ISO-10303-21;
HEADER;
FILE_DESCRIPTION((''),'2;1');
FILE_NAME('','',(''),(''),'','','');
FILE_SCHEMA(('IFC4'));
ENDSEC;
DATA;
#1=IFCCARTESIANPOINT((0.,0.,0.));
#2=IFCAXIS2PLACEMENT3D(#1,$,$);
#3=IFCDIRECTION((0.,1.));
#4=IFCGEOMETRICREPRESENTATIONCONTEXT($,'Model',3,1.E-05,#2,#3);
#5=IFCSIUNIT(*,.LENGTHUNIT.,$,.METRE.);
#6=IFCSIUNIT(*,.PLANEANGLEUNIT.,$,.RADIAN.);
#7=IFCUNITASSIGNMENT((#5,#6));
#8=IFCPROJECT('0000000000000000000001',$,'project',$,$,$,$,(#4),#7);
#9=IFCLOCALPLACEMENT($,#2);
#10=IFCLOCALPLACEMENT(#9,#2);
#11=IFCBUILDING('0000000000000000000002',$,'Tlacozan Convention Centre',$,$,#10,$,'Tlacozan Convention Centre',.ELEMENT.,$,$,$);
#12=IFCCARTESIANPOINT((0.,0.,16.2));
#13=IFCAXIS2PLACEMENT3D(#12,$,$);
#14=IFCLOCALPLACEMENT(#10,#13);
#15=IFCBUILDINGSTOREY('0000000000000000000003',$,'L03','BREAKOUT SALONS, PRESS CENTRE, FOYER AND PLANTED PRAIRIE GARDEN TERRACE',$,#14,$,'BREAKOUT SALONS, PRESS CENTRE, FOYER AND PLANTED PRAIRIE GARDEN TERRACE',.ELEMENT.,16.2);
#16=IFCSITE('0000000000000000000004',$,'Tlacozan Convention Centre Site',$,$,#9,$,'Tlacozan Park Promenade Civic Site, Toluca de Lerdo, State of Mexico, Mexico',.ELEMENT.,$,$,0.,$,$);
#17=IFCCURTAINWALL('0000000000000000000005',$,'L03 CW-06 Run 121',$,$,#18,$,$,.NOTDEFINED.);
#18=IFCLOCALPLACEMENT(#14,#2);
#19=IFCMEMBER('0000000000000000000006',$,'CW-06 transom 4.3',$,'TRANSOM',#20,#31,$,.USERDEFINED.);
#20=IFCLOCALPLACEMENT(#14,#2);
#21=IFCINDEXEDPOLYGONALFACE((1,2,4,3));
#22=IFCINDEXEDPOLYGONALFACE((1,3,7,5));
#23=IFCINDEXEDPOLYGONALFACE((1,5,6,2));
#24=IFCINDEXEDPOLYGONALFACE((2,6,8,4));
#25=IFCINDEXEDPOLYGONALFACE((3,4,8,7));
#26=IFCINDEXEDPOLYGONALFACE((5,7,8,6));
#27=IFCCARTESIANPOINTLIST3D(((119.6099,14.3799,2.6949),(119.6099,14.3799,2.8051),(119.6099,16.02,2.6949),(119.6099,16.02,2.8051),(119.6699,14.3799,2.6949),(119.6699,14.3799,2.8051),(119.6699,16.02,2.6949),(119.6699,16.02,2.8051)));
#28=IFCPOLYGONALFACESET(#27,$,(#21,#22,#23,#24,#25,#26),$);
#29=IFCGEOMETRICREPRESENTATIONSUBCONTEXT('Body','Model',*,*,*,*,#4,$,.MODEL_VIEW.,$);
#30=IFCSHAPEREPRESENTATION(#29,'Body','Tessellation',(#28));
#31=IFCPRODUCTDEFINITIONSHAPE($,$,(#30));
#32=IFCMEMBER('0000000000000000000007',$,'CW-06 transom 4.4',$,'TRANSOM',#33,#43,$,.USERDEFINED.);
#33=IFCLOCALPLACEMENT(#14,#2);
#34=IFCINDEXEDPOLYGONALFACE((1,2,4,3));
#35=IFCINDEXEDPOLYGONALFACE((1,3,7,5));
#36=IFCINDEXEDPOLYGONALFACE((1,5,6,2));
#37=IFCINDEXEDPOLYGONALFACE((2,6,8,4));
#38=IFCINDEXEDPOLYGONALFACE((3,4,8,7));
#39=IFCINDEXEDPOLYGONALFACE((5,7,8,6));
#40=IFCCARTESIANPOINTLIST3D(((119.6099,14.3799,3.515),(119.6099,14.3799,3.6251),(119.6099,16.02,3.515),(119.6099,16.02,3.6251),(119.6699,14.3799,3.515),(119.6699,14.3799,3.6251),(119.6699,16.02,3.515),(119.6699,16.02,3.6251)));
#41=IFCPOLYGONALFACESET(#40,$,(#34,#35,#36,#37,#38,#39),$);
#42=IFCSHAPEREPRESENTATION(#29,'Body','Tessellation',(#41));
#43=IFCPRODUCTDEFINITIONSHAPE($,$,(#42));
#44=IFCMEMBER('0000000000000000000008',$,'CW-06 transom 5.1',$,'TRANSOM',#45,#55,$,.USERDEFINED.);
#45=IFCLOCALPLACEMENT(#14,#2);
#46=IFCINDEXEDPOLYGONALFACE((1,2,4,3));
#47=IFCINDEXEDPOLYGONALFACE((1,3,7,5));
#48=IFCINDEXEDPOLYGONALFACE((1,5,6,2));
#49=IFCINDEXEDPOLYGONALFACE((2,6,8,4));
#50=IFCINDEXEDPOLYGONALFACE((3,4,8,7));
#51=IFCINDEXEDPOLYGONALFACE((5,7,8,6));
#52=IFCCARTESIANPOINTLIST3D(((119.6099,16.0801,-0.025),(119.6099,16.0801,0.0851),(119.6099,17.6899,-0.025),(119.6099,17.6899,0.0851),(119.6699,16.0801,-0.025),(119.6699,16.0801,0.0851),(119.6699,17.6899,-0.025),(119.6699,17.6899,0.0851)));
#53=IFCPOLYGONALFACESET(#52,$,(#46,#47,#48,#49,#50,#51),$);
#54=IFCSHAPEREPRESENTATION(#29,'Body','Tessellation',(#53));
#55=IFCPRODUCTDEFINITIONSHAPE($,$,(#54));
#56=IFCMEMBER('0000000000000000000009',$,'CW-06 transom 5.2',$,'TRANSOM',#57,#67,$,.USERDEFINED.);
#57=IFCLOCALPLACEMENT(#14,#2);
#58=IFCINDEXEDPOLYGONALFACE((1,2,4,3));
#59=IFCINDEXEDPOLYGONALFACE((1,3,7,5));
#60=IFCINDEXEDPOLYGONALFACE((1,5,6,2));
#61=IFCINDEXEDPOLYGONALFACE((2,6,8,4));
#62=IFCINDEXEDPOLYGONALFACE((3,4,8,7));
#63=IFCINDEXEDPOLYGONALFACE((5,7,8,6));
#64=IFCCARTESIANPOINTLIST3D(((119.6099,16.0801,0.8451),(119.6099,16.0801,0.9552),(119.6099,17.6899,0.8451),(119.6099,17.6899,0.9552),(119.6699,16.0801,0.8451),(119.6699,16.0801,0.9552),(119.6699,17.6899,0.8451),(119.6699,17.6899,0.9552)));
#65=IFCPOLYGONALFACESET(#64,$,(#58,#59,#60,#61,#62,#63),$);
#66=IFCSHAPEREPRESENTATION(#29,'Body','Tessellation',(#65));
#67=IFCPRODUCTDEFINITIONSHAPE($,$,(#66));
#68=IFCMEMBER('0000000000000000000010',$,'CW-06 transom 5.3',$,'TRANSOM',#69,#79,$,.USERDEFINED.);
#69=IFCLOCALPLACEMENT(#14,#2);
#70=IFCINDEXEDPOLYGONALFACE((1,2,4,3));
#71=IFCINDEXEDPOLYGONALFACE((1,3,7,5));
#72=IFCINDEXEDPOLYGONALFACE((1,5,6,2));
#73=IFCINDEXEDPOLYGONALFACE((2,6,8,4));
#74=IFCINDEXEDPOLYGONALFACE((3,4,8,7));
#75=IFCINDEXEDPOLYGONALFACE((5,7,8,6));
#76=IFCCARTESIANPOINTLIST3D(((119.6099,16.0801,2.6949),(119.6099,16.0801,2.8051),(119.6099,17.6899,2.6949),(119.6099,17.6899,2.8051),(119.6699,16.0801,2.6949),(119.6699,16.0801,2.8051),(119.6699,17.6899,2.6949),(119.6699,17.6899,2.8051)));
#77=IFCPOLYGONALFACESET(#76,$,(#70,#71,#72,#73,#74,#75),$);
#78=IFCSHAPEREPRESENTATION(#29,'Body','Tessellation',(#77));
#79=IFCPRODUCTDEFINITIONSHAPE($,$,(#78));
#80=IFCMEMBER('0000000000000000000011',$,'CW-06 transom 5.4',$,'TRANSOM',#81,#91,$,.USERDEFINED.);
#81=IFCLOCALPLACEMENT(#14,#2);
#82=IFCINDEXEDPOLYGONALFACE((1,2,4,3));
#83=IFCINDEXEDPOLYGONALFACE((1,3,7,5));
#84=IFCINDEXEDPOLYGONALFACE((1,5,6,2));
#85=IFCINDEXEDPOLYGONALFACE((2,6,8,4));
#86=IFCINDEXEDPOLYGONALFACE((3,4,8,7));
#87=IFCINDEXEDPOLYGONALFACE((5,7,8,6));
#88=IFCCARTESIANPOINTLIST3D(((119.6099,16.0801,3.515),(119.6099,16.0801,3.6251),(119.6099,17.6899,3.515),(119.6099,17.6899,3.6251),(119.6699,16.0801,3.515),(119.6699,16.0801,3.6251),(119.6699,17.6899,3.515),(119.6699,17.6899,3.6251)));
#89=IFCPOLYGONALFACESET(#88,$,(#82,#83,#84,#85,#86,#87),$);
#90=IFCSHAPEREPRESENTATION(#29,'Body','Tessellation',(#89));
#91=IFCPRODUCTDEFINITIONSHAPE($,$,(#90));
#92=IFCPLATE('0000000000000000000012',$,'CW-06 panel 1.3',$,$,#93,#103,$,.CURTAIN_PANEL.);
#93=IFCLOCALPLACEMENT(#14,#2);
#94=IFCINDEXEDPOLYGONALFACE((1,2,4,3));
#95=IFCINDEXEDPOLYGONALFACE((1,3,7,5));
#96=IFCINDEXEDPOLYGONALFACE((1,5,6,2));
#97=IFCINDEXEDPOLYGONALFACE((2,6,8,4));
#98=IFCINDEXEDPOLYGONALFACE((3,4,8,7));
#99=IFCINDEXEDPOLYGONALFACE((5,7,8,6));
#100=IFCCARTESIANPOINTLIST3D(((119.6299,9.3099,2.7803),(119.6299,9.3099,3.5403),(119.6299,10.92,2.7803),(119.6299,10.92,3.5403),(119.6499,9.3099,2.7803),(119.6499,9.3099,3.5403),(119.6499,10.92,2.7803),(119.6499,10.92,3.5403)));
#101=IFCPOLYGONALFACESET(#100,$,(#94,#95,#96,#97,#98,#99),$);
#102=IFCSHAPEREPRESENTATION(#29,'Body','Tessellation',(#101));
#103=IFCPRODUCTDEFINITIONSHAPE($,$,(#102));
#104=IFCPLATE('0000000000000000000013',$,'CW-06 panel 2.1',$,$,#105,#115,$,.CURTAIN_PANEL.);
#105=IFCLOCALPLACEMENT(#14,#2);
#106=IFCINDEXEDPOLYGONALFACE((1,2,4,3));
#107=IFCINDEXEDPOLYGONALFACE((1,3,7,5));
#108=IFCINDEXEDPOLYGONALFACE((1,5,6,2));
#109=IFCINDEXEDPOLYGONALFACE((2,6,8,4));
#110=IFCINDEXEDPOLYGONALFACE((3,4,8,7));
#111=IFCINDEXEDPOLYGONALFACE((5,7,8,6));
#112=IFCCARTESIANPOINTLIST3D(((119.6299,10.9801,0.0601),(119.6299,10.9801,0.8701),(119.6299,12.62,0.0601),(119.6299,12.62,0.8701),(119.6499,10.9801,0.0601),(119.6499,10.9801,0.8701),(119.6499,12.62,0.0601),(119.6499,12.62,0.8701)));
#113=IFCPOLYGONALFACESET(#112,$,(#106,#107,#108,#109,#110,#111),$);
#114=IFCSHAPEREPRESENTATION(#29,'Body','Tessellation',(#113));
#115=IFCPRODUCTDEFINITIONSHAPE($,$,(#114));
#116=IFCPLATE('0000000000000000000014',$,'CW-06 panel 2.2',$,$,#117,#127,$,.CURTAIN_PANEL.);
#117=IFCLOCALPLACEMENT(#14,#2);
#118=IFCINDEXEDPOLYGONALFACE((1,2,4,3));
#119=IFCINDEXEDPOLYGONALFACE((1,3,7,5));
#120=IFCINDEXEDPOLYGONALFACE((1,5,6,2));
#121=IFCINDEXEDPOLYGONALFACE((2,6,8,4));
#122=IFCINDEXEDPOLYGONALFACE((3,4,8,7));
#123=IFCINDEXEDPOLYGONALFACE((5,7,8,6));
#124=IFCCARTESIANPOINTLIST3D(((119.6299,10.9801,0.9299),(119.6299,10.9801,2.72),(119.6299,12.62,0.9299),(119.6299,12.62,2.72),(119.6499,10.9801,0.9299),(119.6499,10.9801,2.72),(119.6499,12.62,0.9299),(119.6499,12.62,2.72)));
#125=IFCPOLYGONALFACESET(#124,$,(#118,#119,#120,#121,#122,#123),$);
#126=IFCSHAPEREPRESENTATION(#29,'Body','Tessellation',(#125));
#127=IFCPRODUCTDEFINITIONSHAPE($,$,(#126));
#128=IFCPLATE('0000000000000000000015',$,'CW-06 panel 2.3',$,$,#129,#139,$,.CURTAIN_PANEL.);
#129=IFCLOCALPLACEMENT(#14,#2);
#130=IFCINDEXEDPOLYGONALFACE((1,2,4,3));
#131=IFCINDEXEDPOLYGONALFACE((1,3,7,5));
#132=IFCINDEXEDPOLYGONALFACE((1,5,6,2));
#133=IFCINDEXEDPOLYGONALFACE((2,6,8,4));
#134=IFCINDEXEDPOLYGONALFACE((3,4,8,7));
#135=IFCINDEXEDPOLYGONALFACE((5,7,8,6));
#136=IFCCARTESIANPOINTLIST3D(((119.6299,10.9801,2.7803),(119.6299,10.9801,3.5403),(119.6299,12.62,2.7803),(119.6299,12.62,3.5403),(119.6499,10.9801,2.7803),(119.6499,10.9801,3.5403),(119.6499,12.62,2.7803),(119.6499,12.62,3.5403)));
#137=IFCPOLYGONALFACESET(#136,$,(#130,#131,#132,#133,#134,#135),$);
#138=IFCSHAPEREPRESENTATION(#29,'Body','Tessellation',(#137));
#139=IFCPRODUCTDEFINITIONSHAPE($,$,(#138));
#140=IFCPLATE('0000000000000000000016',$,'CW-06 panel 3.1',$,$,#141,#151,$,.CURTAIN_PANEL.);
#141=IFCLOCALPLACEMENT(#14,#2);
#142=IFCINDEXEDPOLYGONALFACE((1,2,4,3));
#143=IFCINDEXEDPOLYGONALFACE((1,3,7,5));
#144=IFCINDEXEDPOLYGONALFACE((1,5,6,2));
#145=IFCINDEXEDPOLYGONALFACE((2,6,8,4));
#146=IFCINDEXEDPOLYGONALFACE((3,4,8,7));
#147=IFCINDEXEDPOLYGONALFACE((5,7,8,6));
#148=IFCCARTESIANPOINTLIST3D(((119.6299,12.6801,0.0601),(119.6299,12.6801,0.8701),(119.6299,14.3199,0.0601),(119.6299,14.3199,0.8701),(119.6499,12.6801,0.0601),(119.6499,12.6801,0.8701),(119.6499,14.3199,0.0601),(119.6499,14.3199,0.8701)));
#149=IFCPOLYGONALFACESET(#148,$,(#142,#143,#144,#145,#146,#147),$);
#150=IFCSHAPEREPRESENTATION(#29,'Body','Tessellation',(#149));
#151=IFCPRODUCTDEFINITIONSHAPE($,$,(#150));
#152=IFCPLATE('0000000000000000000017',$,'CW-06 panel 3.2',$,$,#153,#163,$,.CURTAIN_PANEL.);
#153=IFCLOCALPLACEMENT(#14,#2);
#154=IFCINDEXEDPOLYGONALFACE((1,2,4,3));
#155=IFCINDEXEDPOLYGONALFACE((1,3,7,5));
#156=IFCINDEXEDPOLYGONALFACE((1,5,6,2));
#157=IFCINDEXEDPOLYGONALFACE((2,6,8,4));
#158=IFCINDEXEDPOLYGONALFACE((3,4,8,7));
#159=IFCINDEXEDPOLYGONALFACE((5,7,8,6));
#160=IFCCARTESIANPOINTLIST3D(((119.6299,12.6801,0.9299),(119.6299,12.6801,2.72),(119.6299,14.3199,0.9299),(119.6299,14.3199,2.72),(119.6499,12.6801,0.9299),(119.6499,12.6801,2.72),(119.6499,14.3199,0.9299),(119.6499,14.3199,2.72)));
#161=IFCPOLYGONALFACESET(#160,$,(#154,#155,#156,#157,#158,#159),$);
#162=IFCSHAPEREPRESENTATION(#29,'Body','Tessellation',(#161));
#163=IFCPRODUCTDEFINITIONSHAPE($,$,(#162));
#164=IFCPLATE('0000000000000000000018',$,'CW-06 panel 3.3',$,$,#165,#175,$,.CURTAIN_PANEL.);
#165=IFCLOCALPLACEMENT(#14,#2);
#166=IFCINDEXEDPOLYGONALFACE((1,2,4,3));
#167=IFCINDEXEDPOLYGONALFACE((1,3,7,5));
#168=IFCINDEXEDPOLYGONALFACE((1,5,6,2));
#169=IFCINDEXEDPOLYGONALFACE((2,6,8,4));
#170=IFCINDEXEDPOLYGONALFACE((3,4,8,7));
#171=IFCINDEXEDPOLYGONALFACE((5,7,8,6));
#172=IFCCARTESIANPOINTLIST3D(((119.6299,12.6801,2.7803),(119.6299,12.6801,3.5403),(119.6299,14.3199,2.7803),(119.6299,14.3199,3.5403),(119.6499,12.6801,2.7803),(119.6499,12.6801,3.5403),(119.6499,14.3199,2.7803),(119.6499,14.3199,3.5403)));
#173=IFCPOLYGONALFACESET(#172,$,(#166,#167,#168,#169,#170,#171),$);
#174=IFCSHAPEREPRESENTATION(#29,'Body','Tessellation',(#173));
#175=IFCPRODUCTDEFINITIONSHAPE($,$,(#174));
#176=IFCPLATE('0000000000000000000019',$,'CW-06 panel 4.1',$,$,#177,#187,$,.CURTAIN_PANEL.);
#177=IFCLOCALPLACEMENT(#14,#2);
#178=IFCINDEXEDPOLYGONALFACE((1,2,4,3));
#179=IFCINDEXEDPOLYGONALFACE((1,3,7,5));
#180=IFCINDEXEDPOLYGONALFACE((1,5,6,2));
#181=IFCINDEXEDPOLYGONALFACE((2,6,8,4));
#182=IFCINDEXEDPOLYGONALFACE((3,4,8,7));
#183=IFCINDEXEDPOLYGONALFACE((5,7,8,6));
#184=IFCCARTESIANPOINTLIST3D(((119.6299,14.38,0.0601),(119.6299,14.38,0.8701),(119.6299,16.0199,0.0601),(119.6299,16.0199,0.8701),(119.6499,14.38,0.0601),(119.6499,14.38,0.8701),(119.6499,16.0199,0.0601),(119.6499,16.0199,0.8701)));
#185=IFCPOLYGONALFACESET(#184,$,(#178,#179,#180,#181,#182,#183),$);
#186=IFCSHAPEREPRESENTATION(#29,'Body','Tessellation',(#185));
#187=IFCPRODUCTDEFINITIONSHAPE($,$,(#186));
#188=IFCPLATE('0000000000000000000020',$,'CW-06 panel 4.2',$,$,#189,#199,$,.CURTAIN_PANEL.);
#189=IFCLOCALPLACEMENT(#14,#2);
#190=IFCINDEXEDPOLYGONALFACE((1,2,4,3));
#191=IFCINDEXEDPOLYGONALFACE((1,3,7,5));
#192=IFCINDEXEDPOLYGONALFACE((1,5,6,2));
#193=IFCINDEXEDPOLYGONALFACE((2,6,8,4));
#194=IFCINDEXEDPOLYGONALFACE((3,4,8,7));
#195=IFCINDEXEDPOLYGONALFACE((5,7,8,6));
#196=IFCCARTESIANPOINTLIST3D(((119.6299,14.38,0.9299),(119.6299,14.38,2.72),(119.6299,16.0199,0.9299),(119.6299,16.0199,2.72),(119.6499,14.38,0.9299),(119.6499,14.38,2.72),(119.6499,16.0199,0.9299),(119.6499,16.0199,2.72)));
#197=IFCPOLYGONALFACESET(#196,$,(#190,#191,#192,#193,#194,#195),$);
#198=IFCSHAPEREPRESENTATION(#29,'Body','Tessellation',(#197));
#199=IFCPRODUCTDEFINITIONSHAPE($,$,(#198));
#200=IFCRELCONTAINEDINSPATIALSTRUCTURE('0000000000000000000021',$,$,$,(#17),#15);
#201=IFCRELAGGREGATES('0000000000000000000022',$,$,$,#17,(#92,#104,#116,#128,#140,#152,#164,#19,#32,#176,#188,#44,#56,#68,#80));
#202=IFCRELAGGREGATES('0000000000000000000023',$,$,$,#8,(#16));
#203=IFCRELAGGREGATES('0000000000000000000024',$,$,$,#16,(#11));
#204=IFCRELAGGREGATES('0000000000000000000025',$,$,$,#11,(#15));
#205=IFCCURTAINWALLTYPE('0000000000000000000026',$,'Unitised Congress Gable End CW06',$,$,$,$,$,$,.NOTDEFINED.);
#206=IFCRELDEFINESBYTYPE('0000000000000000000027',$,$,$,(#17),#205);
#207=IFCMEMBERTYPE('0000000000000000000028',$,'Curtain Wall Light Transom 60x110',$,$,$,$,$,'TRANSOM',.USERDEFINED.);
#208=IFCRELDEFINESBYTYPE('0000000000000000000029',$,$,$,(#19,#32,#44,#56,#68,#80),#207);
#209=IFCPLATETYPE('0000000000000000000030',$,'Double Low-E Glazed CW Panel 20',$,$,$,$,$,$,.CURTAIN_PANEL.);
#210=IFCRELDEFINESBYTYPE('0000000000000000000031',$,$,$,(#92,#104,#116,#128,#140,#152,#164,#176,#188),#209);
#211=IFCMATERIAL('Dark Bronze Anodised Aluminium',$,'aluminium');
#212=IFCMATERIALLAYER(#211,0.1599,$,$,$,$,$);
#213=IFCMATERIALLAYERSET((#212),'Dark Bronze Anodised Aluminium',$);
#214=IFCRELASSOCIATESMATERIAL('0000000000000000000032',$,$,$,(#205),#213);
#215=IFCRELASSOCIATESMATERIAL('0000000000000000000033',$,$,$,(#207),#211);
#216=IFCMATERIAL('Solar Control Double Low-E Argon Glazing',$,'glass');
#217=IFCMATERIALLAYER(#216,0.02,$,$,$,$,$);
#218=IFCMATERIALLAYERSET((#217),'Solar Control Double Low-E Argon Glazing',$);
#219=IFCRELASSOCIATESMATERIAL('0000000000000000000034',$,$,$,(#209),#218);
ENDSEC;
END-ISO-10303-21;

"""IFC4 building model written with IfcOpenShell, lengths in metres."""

from ifc_helpers import new_model, si_unit, direction, frame, origin, origin_2d, place, context, subcontext, project, spatial, rectangle, extrude, material, layer, layer_set, material_profile, profile_set, type_object, element, aggregate, save


model = new_model("IFC4")

# Units and contexts
model_context = context("Model", 3, precision=1e-05, world=origin(), true_north=direction((0.0, 1.0)))
body_context = subcontext(model_context, "Body", "Model", "MODEL_VIEW")
ifc_project = project(units=[si_unit("LENGTHUNIT", "METRE"), si_unit("PLANEANGLEUNIT", "RADIAN")], contexts=[model_context])

# Site, building, storey
site_placement = place(None, origin())
site = spatial("IfcSite", under=ifc_project, at=site_placement, Name="Tlacozan Convention Centre Site", LongName="Tlacozan Park Promenade Civic Site, Toluca de Lerdo, State of Mexico, Mexico", CompositionType="ELEMENT", RefElevation=0.0)
building_placement = place(site_placement, origin())
building = spatial("IfcBuilding", under=site, at=building_placement, Name="Tlacozan Convention Centre", LongName="Tlacozan Convention Centre", CompositionType="ELEMENT")
storey_placement = place(building_placement, frame((0.0, 0.0, 16.2)))
storey = spatial("IfcBuildingStorey", under=building, at=storey_placement, Name="L03", Description="BREAKOUT SALONS, PRESS CENTRE, FOYER AND PLANTED PRAIRIE GARDEN TERRACE", LongName="BREAKOUT SALONS, PRESS CENTRE, FOYER AND PLANTED PRAIRIE GARDEN TERRACE", CompositionType="ELEMENT", Elevation=16.2)

# Curtain wall, members, plates
ifc_material_1 = material(Name="Dark Bronze Anodised Aluminium", Category="aluminium")
ifc_layer_1 = layer(ifc_material_1, 0.1599)
ifc_layer_set_1 = layer_set([ifc_layer_1], Name="Dark Bronze Anodised Aluminium")
curtain_wall_type = type_object("IfcCurtainWallType", Name="Unitised Congress Gable End CW06", PredefinedType="NOTDEFINED", material=ifc_layer_set_1)
curtain_wall_placement = place(storey_placement, origin())
curtain_wall = element("IfcCurtainWall", 1, at=curtain_wall_placement, inside=storey, type_object=curtain_wall_type, Name="L03 CW-06 Run 121", PredefinedType="NOTDEFINED")
ifc_material_profile_1 = material_profile(ifc_material_1, rectangle(XDim=0.0601, YDim=0.1101, at=origin_2d()), Name="ALU 60x110")
ifc_profile_set_1 = profile_set([ifc_material_profile_1], Name="Dark Bronze Anodised Aluminium")
member_type_1 = type_object("IfcMemberType", Name="Curtain Wall Light Transom 60x110", ElementType="TRANSOM", PredefinedType="USERDEFINED", material=ifc_profile_set_1)
member_1_placement = place(storey_placement, frame((119.6399, 14.3799, 2.75), z_axis=(0.0, 1.0, 0.0), x_axis=(-1.0, 0.0, 0.0)))
member_1 = element("IfcMember", 2, at=member_1_placement, type_object=member_type_1, Name="CW-06 transom 4.3", ObjectType="TRANSOM", PredefinedType="USERDEFINED", context=body_context, shape_type="SweptSolid", body=[
    extrude(rectangle(XDim=0.0601, YDim=0.1101, at=origin_2d()), origin(), (0.0, 0.0, 1.0), 1.6401),
])
member_2_placement = place(storey_placement, frame((119.6399, 14.3799, 3.5701), z_axis=(0.0, 1.0, 0.0), x_axis=(-1.0, 0.0, 0.0)))
member_2 = element("IfcMember", 3, at=member_2_placement, type_object=member_type_1, Name="CW-06 transom 4.4", ObjectType="TRANSOM", PredefinedType="USERDEFINED", context=body_context, shape_type="SweptSolid", body=[
    extrude(rectangle(XDim=0.0601, YDim=0.1101, at=origin_2d()), origin(), (0.0, 0.0, 1.0), 1.6401),
])
member_3_placement = place(storey_placement, frame((119.6399, 16.0801, 0.03), z_axis=(0.0, 1.0, 0.0), x_axis=(-1.0, 0.0, 0.0)))
member_3 = element("IfcMember", 4, at=member_3_placement, type_object=member_type_1, Name="CW-06 transom 5.1", ObjectType="TRANSOM", PredefinedType="USERDEFINED", context=body_context, shape_type="SweptSolid", body=[
    extrude(rectangle(XDim=0.0601, YDim=0.1101, at=origin_2d()), origin(), (0.0, 0.0, 1.0), 1.6099),
])
member_4_placement = place(storey_placement, frame((119.6399, 16.0801, 0.9001), z_axis=(0.0, 1.0, 0.0), x_axis=(-1.0, 0.0, 0.0)))
member_4 = element("IfcMember", 5, at=member_4_placement, type_object=member_type_1, Name="CW-06 transom 5.2", ObjectType="TRANSOM", PredefinedType="USERDEFINED", context=body_context, shape_type="SweptSolid", body=[
    extrude(rectangle(XDim=0.0601, YDim=0.1101, at=origin_2d()), origin(), (0.0, 0.0, 1.0), 1.6099),
])
member_5_placement = place(storey_placement, frame((119.6399, 16.0801, 2.75), z_axis=(0.0, 1.0, 0.0), x_axis=(-1.0, 0.0, 0.0)))
member_5 = element("IfcMember", 6, at=member_5_placement, type_object=member_type_1, Name="CW-06 transom 5.3", ObjectType="TRANSOM", PredefinedType="USERDEFINED", context=body_context, shape_type="SweptSolid", body=[
    extrude(rectangle(XDim=0.0601, YDim=0.1101, at=origin_2d()), origin(), (0.0, 0.0, 1.0), 1.6099),
])
member_6_placement = place(storey_placement, frame((119.6399, 16.0801, 3.5701), z_axis=(0.0, 1.0, 0.0), x_axis=(-1.0, 0.0, 0.0)))
member_6 = element("IfcMember", 7, at=member_6_placement, type_object=member_type_1, Name="CW-06 transom 5.4", ObjectType="TRANSOM", PredefinedType="USERDEFINED", context=body_context, shape_type="SweptSolid", body=[
    extrude(rectangle(XDim=0.0601, YDim=0.1101, at=origin_2d()), origin(), (0.0, 0.0, 1.0), 1.6099),
])
ifc_material_2 = material(Name="Solar Control Double Low-E Argon Glazing", Category="glass")
ifc_layer_2 = layer(ifc_material_2, 0.02)
ifc_layer_set_2 = layer_set([ifc_layer_2], Name="Solar Control Double Low-E Argon Glazing")
plate_type = type_object("IfcPlateType", Name="Double Low-E Glazed CW Panel 20", PredefinedType="CURTAIN_PANEL", material=ifc_layer_set_2)
plate_1_placement = place(storey_placement, frame((119.6399, 10.115, 2.7803), z_axis=(0.0, 0.0, 1.0), x_axis=(0.0, 1.0, 0.0)))
plate_1 = element("IfcPlate", 8, at=plate_1_placement, type_object=plate_type, Name="CW-06 panel 1.3", PredefinedType="CURTAIN_PANEL", context=body_context, shape_type="SweptSolid", body=[
    extrude(rectangle(XDim=1.6101, YDim=0.02, at=origin_2d()), origin(), (0.0, 0.0, 1.0), 0.76),
])
plate_2_placement = place(storey_placement, frame((119.6399, 11.8, 0.0601), z_axis=(0.0, 0.0, 1.0), x_axis=(0.0, 1.0, 0.0)))
plate_2 = element("IfcPlate", 9, at=plate_2_placement, type_object=plate_type, Name="CW-06 panel 2.1", PredefinedType="CURTAIN_PANEL", context=body_context, shape_type="SweptSolid", body=[
    extrude(rectangle(XDim=1.6399, YDim=0.02, at=origin_2d()), origin(), (0.0, 0.0, 1.0), 0.8101),
])
plate_3_placement = place(storey_placement, frame((119.6399, 11.8, 0.9299), z_axis=(0.0, 0.0, 1.0), x_axis=(0.0, 1.0, 0.0)))
plate_3 = element("IfcPlate", 10, at=plate_3_placement, type_object=plate_type, Name="CW-06 panel 2.2", PredefinedType="CURTAIN_PANEL", context=body_context, shape_type="SweptSolid", body=[
    extrude(rectangle(XDim=1.6399, YDim=0.02, at=origin_2d()), origin(), (0.0, 0.0, 1.0), 1.79),
])
plate_4_placement = place(storey_placement, frame((119.6399, 11.8, 2.7803), z_axis=(0.0, 0.0, 1.0), x_axis=(0.0, 1.0, 0.0)))
plate_4 = element("IfcPlate", 11, at=plate_4_placement, type_object=plate_type, Name="CW-06 panel 2.3", PredefinedType="CURTAIN_PANEL", context=body_context, shape_type="SweptSolid", body=[
    extrude(rectangle(XDim=1.6399, YDim=0.02, at=origin_2d()), origin(), (0.0, 0.0, 1.0), 0.76),
])
plate_5_placement = place(storey_placement, frame((119.6399, 13.5, 0.0601), z_axis=(0.0, 0.0, 1.0), x_axis=(0.0, 1.0, 0.0)))
plate_5 = element("IfcPlate", 12, at=plate_5_placement, type_object=plate_type, Name="CW-06 panel 3.1", PredefinedType="CURTAIN_PANEL", context=body_context, shape_type="SweptSolid", body=[
    extrude(rectangle(XDim=1.6399, YDim=0.02, at=origin_2d()), origin(), (0.0, 0.0, 1.0), 0.8101),
])
plate_6_placement = place(storey_placement, frame((119.6399, 13.5, 0.9299), z_axis=(0.0, 0.0, 1.0), x_axis=(0.0, 1.0, 0.0)))
plate_6 = element("IfcPlate", 13, at=plate_6_placement, type_object=plate_type, Name="CW-06 panel 3.2", PredefinedType="CURTAIN_PANEL", context=body_context, shape_type="SweptSolid", body=[
    extrude(rectangle(XDim=1.6399, YDim=0.02, at=origin_2d()), origin(), (0.0, 0.0, 1.0), 1.79),
])
plate_7_placement = place(storey_placement, frame((119.6399, 13.5, 2.7803), z_axis=(0.0, 0.0, 1.0), x_axis=(0.0, 1.0, 0.0)))
plate_7 = element("IfcPlate", 14, at=plate_7_placement, type_object=plate_type, Name="CW-06 panel 3.3", PredefinedType="CURTAIN_PANEL", context=body_context, shape_type="SweptSolid", body=[
    extrude(rectangle(XDim=1.6399, YDim=0.02, at=origin_2d()), origin(), (0.0, 0.0, 1.0), 0.76),
])
plate_8_placement = place(storey_placement, frame((119.6399, 15.2, 0.0601), z_axis=(0.0, 0.0, 1.0), x_axis=(0.0, 1.0, 0.0)))
plate_8 = element("IfcPlate", 15, at=plate_8_placement, type_object=plate_type, Name="CW-06 panel 4.1", PredefinedType="CURTAIN_PANEL", context=body_context, shape_type="SweptSolid", body=[
    extrude(rectangle(XDim=1.6399, YDim=0.02, at=origin_2d()), origin(), (0.0, 0.0, 1.0), 0.8101),
])
plate_9_placement = place(storey_placement, frame((119.6399, 15.2, 0.9299), z_axis=(0.0, 0.0, 1.0), x_axis=(0.0, 1.0, 0.0)))
plate_9 = element("IfcPlate", 16, at=plate_9_placement, type_object=plate_type, Name="CW-06 panel 4.2", PredefinedType="CURTAIN_PANEL", context=body_context, shape_type="SweptSolid", body=[
    extrude(rectangle(XDim=1.6399, YDim=0.02, at=origin_2d()), origin(), (0.0, 0.0, 1.0), 1.79),
])
aggregate(curtain_wall, [plate_1, plate_2, plate_3, plate_4, plate_5, plate_6, plate_7, member_1, member_2, plate_8, plate_9, member_3, member_4, member_5, member_6])

save(model, "model.ifc")
